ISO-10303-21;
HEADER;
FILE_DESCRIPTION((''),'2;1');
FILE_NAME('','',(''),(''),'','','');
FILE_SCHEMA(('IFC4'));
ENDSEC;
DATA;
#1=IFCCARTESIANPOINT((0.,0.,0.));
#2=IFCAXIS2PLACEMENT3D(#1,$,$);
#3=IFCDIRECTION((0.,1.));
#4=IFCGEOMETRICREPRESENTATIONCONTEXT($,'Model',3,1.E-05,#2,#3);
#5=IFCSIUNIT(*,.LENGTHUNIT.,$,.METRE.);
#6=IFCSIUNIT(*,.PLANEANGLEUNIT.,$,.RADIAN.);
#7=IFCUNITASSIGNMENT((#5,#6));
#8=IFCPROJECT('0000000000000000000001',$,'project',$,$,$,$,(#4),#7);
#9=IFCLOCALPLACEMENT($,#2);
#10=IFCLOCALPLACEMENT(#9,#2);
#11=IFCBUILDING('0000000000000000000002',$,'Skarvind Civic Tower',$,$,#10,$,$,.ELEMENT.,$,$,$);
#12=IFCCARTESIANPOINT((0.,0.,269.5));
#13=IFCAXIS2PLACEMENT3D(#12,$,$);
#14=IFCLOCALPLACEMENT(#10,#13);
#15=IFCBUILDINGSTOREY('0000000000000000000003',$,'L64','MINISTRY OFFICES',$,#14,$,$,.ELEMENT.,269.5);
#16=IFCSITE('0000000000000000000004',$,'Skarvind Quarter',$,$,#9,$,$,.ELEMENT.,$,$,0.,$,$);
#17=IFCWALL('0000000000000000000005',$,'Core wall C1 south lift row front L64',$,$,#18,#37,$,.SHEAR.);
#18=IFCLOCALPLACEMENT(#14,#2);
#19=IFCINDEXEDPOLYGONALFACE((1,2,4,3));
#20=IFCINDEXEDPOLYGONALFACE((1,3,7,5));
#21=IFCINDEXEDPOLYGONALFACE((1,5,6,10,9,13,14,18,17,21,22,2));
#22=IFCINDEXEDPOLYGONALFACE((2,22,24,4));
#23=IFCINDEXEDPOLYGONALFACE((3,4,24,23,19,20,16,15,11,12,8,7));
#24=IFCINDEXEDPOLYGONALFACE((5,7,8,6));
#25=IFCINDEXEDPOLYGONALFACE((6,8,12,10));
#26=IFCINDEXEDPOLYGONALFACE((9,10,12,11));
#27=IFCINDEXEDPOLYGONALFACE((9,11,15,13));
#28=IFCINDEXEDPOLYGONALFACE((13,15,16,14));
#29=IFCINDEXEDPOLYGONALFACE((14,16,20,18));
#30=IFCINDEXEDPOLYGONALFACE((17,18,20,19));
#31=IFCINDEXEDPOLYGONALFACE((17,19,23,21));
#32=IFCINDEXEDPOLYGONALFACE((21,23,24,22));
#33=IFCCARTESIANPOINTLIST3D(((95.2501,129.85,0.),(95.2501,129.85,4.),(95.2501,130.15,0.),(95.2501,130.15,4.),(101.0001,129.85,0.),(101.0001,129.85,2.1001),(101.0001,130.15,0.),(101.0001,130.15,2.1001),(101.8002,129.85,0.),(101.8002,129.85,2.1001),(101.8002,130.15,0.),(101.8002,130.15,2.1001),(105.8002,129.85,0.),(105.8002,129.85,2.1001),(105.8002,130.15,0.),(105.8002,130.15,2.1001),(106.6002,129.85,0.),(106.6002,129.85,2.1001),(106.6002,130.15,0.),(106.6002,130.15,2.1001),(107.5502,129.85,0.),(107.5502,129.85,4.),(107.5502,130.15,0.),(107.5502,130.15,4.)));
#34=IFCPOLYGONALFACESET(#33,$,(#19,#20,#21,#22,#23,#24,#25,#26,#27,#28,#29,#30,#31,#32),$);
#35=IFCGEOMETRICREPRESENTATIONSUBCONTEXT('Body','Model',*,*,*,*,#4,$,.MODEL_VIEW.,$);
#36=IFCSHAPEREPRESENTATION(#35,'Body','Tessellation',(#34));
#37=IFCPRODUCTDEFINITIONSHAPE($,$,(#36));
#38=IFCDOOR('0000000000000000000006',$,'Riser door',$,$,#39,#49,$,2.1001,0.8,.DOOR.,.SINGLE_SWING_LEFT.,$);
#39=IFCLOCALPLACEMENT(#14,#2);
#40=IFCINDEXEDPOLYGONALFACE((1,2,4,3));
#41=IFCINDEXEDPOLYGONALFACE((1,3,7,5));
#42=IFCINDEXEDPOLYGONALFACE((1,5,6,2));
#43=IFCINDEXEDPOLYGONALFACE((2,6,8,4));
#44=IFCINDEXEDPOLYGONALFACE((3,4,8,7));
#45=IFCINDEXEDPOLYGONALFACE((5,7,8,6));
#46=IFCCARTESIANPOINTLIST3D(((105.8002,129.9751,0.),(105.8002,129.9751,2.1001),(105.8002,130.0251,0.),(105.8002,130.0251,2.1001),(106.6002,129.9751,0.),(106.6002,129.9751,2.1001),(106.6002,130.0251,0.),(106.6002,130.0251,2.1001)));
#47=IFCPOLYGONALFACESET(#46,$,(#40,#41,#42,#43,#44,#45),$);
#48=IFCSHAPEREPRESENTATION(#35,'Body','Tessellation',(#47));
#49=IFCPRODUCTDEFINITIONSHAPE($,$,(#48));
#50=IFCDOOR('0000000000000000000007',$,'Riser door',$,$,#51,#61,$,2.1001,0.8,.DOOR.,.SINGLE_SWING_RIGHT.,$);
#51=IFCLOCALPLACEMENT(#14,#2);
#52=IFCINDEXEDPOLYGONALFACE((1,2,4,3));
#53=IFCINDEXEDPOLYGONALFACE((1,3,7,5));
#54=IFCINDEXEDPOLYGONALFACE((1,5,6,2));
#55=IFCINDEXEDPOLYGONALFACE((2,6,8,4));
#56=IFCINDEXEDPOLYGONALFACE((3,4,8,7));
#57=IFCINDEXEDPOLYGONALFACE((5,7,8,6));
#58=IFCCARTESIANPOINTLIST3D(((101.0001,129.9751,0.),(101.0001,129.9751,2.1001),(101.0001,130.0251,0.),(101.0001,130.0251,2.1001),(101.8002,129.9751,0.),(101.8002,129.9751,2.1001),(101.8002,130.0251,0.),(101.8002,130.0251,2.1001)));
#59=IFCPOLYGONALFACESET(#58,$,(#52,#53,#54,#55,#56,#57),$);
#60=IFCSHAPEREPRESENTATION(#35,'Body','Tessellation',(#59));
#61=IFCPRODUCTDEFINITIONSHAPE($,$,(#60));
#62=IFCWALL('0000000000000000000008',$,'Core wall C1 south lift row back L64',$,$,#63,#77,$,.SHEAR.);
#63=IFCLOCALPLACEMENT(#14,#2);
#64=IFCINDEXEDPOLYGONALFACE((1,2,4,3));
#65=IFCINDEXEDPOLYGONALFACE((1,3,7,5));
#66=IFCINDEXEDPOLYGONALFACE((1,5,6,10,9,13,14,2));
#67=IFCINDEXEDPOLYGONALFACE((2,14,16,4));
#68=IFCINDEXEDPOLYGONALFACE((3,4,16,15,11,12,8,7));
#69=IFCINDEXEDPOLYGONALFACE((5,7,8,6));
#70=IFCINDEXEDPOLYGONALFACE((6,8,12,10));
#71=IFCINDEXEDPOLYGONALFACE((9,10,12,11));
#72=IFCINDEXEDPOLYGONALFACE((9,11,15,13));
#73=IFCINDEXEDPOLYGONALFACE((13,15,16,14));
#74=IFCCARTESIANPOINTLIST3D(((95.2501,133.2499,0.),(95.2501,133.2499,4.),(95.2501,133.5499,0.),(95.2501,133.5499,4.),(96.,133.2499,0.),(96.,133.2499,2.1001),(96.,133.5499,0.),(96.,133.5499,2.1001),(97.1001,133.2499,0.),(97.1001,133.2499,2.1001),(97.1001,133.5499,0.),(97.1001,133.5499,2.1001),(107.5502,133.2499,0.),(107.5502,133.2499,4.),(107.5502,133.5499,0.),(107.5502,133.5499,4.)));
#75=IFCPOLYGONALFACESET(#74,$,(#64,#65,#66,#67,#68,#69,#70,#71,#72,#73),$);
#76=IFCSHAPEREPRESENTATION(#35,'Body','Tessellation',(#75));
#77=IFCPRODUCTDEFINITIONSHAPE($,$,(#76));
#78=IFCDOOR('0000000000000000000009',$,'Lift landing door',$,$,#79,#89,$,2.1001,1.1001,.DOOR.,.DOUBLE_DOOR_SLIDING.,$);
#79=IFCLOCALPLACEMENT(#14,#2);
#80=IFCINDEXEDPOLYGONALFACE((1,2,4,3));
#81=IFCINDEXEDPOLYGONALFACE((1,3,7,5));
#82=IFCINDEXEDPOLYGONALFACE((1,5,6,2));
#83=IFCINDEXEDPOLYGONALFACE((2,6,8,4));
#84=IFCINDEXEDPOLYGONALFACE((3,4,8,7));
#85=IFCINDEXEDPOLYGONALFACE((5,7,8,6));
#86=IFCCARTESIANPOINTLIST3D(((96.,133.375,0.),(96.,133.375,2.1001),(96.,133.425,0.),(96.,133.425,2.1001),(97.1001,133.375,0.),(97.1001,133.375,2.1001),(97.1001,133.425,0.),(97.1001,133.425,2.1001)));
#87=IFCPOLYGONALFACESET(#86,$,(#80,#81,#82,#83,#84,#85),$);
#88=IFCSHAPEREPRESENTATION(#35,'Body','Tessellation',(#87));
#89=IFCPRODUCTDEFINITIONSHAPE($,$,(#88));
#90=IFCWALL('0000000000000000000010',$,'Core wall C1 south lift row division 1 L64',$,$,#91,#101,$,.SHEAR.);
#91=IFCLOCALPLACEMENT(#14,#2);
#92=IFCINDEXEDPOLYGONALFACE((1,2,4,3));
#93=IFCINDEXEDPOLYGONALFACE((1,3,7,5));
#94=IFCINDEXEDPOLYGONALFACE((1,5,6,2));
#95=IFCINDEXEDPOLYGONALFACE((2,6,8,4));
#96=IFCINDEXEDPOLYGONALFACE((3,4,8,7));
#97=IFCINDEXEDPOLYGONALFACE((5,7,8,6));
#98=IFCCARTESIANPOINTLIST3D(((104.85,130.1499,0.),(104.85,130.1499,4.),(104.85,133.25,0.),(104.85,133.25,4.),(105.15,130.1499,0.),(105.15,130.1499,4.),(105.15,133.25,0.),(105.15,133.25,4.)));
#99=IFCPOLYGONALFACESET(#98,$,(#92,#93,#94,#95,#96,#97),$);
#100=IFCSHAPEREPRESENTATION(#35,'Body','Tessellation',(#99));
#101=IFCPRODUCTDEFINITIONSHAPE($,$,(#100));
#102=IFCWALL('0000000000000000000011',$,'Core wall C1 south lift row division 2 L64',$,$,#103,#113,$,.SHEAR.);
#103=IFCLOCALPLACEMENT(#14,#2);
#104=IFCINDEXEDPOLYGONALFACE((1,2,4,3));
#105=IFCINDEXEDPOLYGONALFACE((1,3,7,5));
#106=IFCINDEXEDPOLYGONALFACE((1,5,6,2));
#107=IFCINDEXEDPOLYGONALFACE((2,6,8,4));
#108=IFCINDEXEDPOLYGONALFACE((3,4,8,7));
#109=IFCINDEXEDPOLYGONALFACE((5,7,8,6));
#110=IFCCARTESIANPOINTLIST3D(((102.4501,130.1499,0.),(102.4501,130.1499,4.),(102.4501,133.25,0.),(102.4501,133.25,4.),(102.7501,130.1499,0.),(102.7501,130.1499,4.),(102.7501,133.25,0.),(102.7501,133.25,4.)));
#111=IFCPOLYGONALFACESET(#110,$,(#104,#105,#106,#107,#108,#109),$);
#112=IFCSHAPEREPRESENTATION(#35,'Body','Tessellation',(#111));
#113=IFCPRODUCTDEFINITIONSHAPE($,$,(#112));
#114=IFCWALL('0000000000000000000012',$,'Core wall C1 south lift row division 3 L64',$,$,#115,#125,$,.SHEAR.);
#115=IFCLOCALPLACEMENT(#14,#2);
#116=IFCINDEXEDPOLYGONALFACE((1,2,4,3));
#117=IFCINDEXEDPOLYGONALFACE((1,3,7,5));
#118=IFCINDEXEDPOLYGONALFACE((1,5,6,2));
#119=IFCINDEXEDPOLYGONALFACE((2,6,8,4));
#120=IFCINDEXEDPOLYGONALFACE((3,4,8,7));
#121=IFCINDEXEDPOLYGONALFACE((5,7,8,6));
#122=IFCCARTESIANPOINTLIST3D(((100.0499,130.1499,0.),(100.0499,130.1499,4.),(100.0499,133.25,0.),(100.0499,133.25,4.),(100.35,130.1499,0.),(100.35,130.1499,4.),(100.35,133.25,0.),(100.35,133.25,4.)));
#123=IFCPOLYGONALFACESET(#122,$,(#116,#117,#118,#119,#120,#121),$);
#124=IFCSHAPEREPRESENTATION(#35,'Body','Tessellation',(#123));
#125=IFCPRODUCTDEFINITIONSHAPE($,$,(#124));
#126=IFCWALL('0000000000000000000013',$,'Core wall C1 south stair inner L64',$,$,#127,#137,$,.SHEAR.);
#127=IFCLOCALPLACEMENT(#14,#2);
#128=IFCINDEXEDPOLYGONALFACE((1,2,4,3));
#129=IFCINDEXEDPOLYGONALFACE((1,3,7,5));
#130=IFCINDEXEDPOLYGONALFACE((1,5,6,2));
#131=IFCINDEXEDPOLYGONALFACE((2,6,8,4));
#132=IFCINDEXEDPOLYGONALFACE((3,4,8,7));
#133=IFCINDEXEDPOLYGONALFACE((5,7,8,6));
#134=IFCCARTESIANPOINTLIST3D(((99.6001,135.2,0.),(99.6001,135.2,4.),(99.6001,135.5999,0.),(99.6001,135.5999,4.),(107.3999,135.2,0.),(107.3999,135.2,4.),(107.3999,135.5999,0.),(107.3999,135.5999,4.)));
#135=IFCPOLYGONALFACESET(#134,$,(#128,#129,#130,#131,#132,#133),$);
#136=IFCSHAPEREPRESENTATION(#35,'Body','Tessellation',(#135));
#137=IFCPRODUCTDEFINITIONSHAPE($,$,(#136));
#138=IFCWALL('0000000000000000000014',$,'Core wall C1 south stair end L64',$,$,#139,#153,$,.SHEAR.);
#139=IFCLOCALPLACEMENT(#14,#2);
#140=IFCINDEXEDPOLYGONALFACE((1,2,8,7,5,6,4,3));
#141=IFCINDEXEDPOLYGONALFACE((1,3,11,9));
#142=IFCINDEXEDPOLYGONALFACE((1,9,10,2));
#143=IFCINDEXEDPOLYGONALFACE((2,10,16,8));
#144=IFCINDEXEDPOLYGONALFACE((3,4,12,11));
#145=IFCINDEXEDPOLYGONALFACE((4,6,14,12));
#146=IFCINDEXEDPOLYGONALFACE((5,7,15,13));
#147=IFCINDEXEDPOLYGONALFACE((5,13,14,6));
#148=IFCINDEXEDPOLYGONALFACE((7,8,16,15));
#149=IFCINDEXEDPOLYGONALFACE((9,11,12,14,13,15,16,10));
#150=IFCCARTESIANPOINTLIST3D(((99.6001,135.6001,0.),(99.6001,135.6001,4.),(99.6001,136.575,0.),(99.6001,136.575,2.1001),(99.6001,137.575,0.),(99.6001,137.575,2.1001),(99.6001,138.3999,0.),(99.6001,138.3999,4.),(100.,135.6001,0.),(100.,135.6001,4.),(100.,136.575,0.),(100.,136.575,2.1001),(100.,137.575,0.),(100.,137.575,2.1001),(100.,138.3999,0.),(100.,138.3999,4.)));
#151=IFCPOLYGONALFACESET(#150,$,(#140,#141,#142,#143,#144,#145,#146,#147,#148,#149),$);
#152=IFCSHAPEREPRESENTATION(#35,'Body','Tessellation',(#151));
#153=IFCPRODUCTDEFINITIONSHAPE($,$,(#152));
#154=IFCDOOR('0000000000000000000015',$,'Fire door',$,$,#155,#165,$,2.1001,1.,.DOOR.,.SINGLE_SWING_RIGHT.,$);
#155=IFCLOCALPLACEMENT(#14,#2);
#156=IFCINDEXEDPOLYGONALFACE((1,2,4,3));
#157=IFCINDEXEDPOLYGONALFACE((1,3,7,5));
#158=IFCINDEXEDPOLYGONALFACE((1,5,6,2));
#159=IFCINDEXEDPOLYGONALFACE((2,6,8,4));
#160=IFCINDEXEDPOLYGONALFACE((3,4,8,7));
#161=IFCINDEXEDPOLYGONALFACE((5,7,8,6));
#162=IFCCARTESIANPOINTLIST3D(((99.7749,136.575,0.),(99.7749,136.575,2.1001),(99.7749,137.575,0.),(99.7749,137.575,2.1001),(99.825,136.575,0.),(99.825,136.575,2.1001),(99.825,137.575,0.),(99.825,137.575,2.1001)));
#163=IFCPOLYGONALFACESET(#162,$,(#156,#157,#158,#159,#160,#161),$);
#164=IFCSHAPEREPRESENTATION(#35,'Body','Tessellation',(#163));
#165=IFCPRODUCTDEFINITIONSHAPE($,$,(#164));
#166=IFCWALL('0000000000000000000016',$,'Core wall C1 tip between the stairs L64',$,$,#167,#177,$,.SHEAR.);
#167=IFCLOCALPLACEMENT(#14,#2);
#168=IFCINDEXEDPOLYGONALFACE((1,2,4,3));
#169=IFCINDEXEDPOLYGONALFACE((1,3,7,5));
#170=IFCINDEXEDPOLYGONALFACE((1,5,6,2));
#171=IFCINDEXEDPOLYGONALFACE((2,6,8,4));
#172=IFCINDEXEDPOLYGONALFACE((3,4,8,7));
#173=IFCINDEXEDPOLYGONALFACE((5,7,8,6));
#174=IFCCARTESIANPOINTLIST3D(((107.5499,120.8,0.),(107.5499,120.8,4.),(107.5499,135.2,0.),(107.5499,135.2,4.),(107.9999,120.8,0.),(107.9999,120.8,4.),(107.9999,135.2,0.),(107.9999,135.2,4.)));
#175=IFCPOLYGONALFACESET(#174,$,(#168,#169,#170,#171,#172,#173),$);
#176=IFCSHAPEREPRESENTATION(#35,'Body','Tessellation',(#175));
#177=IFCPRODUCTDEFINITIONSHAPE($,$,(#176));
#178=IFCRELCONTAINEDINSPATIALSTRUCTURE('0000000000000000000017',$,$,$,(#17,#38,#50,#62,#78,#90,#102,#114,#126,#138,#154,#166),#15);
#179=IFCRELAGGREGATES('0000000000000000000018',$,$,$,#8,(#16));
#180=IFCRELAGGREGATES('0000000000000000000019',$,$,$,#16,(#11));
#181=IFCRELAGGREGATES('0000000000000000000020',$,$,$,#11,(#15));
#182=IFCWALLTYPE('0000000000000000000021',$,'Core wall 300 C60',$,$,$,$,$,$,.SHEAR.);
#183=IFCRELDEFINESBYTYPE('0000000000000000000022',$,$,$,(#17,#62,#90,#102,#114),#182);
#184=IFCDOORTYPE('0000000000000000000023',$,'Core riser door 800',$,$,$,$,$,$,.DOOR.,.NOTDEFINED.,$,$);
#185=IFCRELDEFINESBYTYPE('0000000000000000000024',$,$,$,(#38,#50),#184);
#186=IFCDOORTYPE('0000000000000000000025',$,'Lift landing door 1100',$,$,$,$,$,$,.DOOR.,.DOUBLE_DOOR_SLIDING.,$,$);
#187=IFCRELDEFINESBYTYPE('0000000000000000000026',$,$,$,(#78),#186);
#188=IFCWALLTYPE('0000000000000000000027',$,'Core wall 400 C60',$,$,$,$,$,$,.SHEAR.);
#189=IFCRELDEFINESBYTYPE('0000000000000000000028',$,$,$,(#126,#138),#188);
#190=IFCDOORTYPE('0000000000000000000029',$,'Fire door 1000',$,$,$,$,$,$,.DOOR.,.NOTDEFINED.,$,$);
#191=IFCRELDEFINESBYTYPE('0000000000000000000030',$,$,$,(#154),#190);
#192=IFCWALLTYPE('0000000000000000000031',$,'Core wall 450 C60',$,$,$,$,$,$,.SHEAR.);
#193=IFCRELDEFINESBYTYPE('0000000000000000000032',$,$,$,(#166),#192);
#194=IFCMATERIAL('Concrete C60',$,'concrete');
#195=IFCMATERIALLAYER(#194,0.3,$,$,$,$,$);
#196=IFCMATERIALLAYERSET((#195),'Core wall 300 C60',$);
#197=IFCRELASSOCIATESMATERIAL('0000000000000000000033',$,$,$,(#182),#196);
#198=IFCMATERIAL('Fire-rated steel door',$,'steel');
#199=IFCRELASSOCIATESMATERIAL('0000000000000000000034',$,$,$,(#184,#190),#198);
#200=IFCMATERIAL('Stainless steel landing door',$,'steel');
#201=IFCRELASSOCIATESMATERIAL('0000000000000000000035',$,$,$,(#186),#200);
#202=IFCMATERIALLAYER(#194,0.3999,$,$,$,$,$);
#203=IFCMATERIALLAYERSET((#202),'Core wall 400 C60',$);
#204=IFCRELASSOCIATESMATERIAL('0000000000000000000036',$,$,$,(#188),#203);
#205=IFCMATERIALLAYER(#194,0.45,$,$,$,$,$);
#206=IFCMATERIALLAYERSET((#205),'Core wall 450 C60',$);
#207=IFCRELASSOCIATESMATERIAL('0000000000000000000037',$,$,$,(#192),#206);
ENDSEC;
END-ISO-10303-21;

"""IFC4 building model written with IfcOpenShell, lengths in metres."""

from ifc_helpers import new_model, si_unit, direction, frame, frame_2d, origin, place, context, subcontext, project, spatial, rectangle, extrude, material, layer, layer_set, type_object, element, fill, save


model = new_model("IFC4")

# Units and contexts
model_context = context("Model", 3, precision=1e-05, world=origin(), true_north=direction((0.0, 1.0)))
body_context = subcontext(model_context, "Body", "Model", "MODEL_VIEW")
ifc_project = project(units=[si_unit("LENGTHUNIT", "METRE"), si_unit("PLANEANGLEUNIT", "RADIAN")], contexts=[model_context])

# Site, building, storey
site_placement = place(None, origin())
site = spatial("IfcSite", under=ifc_project, at=site_placement, Name="Skarvind Quarter", CompositionType="ELEMENT", RefElevation=0.0)
building_placement = place(site_placement, origin())
building = spatial("IfcBuilding", under=site, at=building_placement, Name="Skarvind Civic Tower", CompositionType="ELEMENT")
storey_placement = place(building_placement, frame((0.0, 0.0, 269.5)))
storey = spatial("IfcBuildingStorey", under=building, at=storey_placement, Name="L64", Description="MINISTRY OFFICES", CompositionType="ELEMENT", Elevation=269.5)

# Wall, openings, doors
ifc_material_1 = material(Name="Concrete C60", Category="concrete")
ifc_layer_1 = layer(ifc_material_1, 0.3)
ifc_layer_set_1 = layer_set([ifc_layer_1], Name="Core wall 300 C60")
wall_type_1 = type_object("IfcWallType", Name="Core wall 300 C60", PredefinedType="SHEAR", material=ifc_layer_set_1)
wall_1_placement = place(storey_placement, frame((107.55, 130.0, 0.0), z_axis=(0.0, 0.0, 1.0), x_axis=(-1.0, 0.0, 0.0)))
wall_1 = element("IfcWall", 1, at=wall_1_placement, inside=storey, type_object=wall_type_1, Name="Core wall C1 south lift row front L64", PredefinedType="SHEAR", context=body_context, shape_type="SweptSolid", body=[
    extrude(rectangle(XDim=12.3, YDim=0.3, at=frame_2d((6.1499, 0.0))), origin(), (0.0, 0.0, 1.0), 4.0),
])
opening_1_placement = place(wall_1_placement, frame((0.95, 0.0, 0.0)))
opening_1 = element("IfcOpeningElement", 2, at=opening_1_placement, cuts=wall_1, PredefinedType="OPENING", context=body_context, shape_type="SweptSolid", body=[
    extrude(rectangle(XDim=0.8, YDim=2.1001, at=frame_2d((0.3999, 1.05))), frame((0.0, 0.1599, 0.0), z_axis=(0.0, -1.0, 0.0), x_axis=(1.0, 0.0, 0.0)), (0.0, 0.0, 1.0), 0.3201),
])
opening_2_placement = place(wall_1_placement, frame((5.75, 0.0, 0.0)))
opening_2 = element("IfcOpeningElement", 3, at=opening_2_placement, cuts=wall_1, PredefinedType="OPENING", context=body_context, shape_type="SweptSolid", body=[
    extrude(rectangle(XDim=0.8, YDim=2.1001, at=frame_2d((0.3999, 1.05))), frame((0.0, 0.1599, 0.0), z_axis=(0.0, -1.0, 0.0), x_axis=(1.0, 0.0, 0.0)), (0.0, 0.0, 1.0), 0.3201),
])
ifc_material_2 = material(Name="Fire-rated steel door", Category="steel")
door_type_1 = type_object("IfcDoorType", Name="Core riser door 800", OperationType="NOTDEFINED", PredefinedType="DOOR", material=ifc_material_2)
door_1_placement = place(opening_1_placement, origin())
door_1 = element("IfcDoor", 4, at=door_1_placement, inside=storey, type_object=door_type_1, Name="Riser door", OperationType="SINGLE_SWING_LEFT", OverallHeight=2.1001, OverallWidth=0.8, PredefinedType="DOOR", context=body_context, shape_type="SweptSolid", body=[
    extrude(rectangle(XDim=0.8, YDim=2.1001, at=frame_2d((0.3999, 1.05))), frame((0.0, 0.0249, 0.0), z_axis=(0.0, -1.0, 0.0), x_axis=(1.0, 0.0, 0.0)), (0.0, 0.0, 1.0), 0.05),
])
fill(opening_1, door_1)
door_2_placement = place(opening_2_placement, origin())
door_2 = element("IfcDoor", 5, at=door_2_placement, inside=storey, type_object=door_type_1, Name="Riser door", OperationType="SINGLE_SWING_RIGHT", OverallHeight=2.1001, OverallWidth=0.8, PredefinedType="DOOR", context=body_context, shape_type="SweptSolid", body=[
    extrude(rectangle(XDim=0.8, YDim=2.1001, at=frame_2d((0.3999, 1.05))), frame((0.0, 0.0249, 0.0), z_axis=(0.0, -1.0, 0.0), x_axis=(1.0, 0.0, 0.0)), (0.0, 0.0, 1.0), 0.05),
])
fill(opening_2, door_2)

# Wall, opening, door
wall_2_placement = place(storey_placement, frame((107.55, 133.3999, 0.0), z_axis=(0.0, 0.0, 1.0), x_axis=(-1.0, 0.0, 0.0)))
wall_2 = element("IfcWall", 6, at=wall_2_placement, inside=storey, type_object=wall_type_1, Name="Core wall C1 south lift row back L64", PredefinedType="SHEAR", context=body_context, shape_type="SweptSolid", body=[
    extrude(rectangle(XDim=12.3, YDim=0.3, at=frame_2d((6.1499, 0.0))), origin(), (0.0, 0.0, 1.0), 4.0),
])
opening_3_placement = place(wall_2_placement, frame((10.45, 0.0, 0.0)))
opening_3 = element("IfcOpeningElement", 7, at=opening_3_placement, cuts=wall_2, PredefinedType="OPENING", context=body_context, shape_type="SweptSolid", body=[
    extrude(rectangle(XDim=1.1001, YDim=2.1001, at=frame_2d((0.55, 1.05))), frame((0.0, 0.1599, 0.0), z_axis=(0.0, -1.0, 0.0), x_axis=(1.0, 0.0, 0.0)), (0.0, 0.0, 1.0), 0.3201),
])
ifc_material_3 = material(Name="Stainless steel landing door", Category="steel")
door_type_2 = type_object("IfcDoorType", Name="Lift landing door 1100", OperationType="DOUBLE_DOOR_SLIDING", PredefinedType="DOOR", material=ifc_material_3)
door_3_placement = place(opening_3_placement, origin())
door_3 = element("IfcDoor", 8, at=door_3_placement, inside=storey, type_object=door_type_2, Name="Lift landing door", OperationType="DOUBLE_DOOR_SLIDING", OverallHeight=2.1001, OverallWidth=1.1001, PredefinedType="DOOR", context=body_context, shape_type="SweptSolid", body=[
    extrude(rectangle(XDim=1.1001, YDim=2.1001, at=frame_2d((0.55, 1.05))), frame((0.0, 0.0249, 0.0), z_axis=(0.0, -1.0, 0.0), x_axis=(1.0, 0.0, 0.0)), (0.0, 0.0, 1.0), 0.05),
])
fill(opening_3, door_3)

# Walls
for number, where, z_axis, x_axis, name in (
    (9, (105.0, 133.25, 0.0), (0.0, 0.0, 1.0), (0.0, -1.0, 0.0), "Core wall C1 south lift row division 1 L64"),
    (10, (102.6001, 133.25, 0.0), (0.0, 0.0, 1.0), (0.0, -1.0, 0.0), "Core wall C1 south lift row division 2 L64"),
    (11, (100.2, 133.25, 0.0), (0.0, 0.0, 1.0), (0.0, -1.0, 0.0), "Core wall C1 south lift row division 3 L64"),
):
    element("IfcWall", number, at=place(storey_placement, frame(where, z_axis=z_axis, x_axis=x_axis)), inside=storey, type_object=wall_type_1, Name=name, PredefinedType="SHEAR", context=body_context, shape_type="SweptSolid", body=[
        extrude(rectangle(XDim=3.1001, YDim=0.3, at=frame_2d((1.55, 0.0))), origin(), (0.0, 0.0, 1.0), 4.0),
    ])
ifc_layer_2 = layer(ifc_material_1, 0.3999)
ifc_layer_set_2 = layer_set([ifc_layer_2], Name="Core wall 400 C60")
wall_type_2 = type_object("IfcWallType", Name="Core wall 400 C60", PredefinedType="SHEAR", material=ifc_layer_set_2)
wall_3_placement = place(storey_placement, frame((107.3999, 135.3999, 0.0), z_axis=(0.0, 0.0, 1.0), x_axis=(-1.0, 0.0, 0.0)))
element("IfcWall", 12, at=wall_3_placement, inside=storey, type_object=wall_type_2, Name="Core wall C1 south stair inner L64", PredefinedType="SHEAR", context=body_context, shape_type="SweptSolid", body=[
    extrude(rectangle(XDim=7.7998, YDim=0.3999, at=frame_2d((3.8999, 0.0))), origin(), (0.0, 0.0, 1.0), 4.0),
])

# Wall, opening, door
wall_4_placement = place(storey_placement, frame((99.8, 138.3999, 0.0), z_axis=(0.0, 0.0, 1.0), x_axis=(0.0, -1.0, 0.0)))
wall_4 = element("IfcWall", 13, at=wall_4_placement, inside=storey, type_object=wall_type_2, Name="Core wall C1 south stair end L64", PredefinedType="SHEAR", context=body_context, shape_type="SweptSolid", body=[
    extrude(rectangle(XDim=2.7998, YDim=0.3999, at=frame_2d((1.3999, 0.0))), origin(), (0.0, 0.0, 1.0), 4.0),
])
opening_4_placement = place(wall_4_placement, frame((0.825, 0.0, 0.0)))
opening_4 = element("IfcOpeningElement", 14, at=opening_4_placement, cuts=wall_4, PredefinedType="OPENING", context=body_context, shape_type="SweptSolid", body=[
    extrude(rectangle(XDim=1.0, YDim=2.1001, at=frame_2d((0.5, 1.05))), frame((0.0, 0.21, 0.0), z_axis=(0.0, -1.0, 0.0), x_axis=(1.0, 0.0, 0.0)), (0.0, 0.0, 1.0), 0.4199),
])
door_type_3 = type_object("IfcDoorType", Name="Fire door 1000", OperationType="NOTDEFINED", PredefinedType="DOOR", material=ifc_material_2)
door_4_placement = place(opening_4_placement, origin())
door_4 = element("IfcDoor", 15, at=door_4_placement, inside=storey, type_object=door_type_3, Name="Fire door", OperationType="SINGLE_SWING_RIGHT", OverallHeight=2.1001, OverallWidth=1.0, PredefinedType="DOOR", context=body_context, shape_type="SweptSolid", body=[
    extrude(rectangle(XDim=1.0, YDim=2.1001, at=frame_2d((0.5, 1.05))), frame((0.0, 0.0249, 0.0), z_axis=(0.0, -1.0, 0.0), x_axis=(1.0, 0.0, 0.0)), (0.0, 0.0, 1.0), 0.05),
])
fill(opening_4, door_4)

# Wall
ifc_layer_3 = layer(ifc_material_1, 0.45)
ifc_layer_set_3 = layer_set([ifc_layer_3], Name="Core wall 450 C60")
wall_type_3 = type_object("IfcWallType", Name="Core wall 450 C60", PredefinedType="SHEAR", material=ifc_layer_set_3)
wall_5_placement = place(storey_placement, frame((107.7749, 135.2, 0.0), z_axis=(0.0, 0.0, 1.0), x_axis=(0.0, -1.0, 0.0)))
element("IfcWall", 16, at=wall_5_placement, inside=storey, type_object=wall_type_3, Name="Core wall C1 tip between the stairs L64", PredefinedType="SHEAR", context=body_context, shape_type="SweptSolid", body=[
    extrude(rectangle(XDim=14.3999, YDim=0.45, at=frame_2d((7.2, 0.0))), origin(), (0.0, 0.0, 1.0), 4.0),
])

save(model, "model.ifc")
